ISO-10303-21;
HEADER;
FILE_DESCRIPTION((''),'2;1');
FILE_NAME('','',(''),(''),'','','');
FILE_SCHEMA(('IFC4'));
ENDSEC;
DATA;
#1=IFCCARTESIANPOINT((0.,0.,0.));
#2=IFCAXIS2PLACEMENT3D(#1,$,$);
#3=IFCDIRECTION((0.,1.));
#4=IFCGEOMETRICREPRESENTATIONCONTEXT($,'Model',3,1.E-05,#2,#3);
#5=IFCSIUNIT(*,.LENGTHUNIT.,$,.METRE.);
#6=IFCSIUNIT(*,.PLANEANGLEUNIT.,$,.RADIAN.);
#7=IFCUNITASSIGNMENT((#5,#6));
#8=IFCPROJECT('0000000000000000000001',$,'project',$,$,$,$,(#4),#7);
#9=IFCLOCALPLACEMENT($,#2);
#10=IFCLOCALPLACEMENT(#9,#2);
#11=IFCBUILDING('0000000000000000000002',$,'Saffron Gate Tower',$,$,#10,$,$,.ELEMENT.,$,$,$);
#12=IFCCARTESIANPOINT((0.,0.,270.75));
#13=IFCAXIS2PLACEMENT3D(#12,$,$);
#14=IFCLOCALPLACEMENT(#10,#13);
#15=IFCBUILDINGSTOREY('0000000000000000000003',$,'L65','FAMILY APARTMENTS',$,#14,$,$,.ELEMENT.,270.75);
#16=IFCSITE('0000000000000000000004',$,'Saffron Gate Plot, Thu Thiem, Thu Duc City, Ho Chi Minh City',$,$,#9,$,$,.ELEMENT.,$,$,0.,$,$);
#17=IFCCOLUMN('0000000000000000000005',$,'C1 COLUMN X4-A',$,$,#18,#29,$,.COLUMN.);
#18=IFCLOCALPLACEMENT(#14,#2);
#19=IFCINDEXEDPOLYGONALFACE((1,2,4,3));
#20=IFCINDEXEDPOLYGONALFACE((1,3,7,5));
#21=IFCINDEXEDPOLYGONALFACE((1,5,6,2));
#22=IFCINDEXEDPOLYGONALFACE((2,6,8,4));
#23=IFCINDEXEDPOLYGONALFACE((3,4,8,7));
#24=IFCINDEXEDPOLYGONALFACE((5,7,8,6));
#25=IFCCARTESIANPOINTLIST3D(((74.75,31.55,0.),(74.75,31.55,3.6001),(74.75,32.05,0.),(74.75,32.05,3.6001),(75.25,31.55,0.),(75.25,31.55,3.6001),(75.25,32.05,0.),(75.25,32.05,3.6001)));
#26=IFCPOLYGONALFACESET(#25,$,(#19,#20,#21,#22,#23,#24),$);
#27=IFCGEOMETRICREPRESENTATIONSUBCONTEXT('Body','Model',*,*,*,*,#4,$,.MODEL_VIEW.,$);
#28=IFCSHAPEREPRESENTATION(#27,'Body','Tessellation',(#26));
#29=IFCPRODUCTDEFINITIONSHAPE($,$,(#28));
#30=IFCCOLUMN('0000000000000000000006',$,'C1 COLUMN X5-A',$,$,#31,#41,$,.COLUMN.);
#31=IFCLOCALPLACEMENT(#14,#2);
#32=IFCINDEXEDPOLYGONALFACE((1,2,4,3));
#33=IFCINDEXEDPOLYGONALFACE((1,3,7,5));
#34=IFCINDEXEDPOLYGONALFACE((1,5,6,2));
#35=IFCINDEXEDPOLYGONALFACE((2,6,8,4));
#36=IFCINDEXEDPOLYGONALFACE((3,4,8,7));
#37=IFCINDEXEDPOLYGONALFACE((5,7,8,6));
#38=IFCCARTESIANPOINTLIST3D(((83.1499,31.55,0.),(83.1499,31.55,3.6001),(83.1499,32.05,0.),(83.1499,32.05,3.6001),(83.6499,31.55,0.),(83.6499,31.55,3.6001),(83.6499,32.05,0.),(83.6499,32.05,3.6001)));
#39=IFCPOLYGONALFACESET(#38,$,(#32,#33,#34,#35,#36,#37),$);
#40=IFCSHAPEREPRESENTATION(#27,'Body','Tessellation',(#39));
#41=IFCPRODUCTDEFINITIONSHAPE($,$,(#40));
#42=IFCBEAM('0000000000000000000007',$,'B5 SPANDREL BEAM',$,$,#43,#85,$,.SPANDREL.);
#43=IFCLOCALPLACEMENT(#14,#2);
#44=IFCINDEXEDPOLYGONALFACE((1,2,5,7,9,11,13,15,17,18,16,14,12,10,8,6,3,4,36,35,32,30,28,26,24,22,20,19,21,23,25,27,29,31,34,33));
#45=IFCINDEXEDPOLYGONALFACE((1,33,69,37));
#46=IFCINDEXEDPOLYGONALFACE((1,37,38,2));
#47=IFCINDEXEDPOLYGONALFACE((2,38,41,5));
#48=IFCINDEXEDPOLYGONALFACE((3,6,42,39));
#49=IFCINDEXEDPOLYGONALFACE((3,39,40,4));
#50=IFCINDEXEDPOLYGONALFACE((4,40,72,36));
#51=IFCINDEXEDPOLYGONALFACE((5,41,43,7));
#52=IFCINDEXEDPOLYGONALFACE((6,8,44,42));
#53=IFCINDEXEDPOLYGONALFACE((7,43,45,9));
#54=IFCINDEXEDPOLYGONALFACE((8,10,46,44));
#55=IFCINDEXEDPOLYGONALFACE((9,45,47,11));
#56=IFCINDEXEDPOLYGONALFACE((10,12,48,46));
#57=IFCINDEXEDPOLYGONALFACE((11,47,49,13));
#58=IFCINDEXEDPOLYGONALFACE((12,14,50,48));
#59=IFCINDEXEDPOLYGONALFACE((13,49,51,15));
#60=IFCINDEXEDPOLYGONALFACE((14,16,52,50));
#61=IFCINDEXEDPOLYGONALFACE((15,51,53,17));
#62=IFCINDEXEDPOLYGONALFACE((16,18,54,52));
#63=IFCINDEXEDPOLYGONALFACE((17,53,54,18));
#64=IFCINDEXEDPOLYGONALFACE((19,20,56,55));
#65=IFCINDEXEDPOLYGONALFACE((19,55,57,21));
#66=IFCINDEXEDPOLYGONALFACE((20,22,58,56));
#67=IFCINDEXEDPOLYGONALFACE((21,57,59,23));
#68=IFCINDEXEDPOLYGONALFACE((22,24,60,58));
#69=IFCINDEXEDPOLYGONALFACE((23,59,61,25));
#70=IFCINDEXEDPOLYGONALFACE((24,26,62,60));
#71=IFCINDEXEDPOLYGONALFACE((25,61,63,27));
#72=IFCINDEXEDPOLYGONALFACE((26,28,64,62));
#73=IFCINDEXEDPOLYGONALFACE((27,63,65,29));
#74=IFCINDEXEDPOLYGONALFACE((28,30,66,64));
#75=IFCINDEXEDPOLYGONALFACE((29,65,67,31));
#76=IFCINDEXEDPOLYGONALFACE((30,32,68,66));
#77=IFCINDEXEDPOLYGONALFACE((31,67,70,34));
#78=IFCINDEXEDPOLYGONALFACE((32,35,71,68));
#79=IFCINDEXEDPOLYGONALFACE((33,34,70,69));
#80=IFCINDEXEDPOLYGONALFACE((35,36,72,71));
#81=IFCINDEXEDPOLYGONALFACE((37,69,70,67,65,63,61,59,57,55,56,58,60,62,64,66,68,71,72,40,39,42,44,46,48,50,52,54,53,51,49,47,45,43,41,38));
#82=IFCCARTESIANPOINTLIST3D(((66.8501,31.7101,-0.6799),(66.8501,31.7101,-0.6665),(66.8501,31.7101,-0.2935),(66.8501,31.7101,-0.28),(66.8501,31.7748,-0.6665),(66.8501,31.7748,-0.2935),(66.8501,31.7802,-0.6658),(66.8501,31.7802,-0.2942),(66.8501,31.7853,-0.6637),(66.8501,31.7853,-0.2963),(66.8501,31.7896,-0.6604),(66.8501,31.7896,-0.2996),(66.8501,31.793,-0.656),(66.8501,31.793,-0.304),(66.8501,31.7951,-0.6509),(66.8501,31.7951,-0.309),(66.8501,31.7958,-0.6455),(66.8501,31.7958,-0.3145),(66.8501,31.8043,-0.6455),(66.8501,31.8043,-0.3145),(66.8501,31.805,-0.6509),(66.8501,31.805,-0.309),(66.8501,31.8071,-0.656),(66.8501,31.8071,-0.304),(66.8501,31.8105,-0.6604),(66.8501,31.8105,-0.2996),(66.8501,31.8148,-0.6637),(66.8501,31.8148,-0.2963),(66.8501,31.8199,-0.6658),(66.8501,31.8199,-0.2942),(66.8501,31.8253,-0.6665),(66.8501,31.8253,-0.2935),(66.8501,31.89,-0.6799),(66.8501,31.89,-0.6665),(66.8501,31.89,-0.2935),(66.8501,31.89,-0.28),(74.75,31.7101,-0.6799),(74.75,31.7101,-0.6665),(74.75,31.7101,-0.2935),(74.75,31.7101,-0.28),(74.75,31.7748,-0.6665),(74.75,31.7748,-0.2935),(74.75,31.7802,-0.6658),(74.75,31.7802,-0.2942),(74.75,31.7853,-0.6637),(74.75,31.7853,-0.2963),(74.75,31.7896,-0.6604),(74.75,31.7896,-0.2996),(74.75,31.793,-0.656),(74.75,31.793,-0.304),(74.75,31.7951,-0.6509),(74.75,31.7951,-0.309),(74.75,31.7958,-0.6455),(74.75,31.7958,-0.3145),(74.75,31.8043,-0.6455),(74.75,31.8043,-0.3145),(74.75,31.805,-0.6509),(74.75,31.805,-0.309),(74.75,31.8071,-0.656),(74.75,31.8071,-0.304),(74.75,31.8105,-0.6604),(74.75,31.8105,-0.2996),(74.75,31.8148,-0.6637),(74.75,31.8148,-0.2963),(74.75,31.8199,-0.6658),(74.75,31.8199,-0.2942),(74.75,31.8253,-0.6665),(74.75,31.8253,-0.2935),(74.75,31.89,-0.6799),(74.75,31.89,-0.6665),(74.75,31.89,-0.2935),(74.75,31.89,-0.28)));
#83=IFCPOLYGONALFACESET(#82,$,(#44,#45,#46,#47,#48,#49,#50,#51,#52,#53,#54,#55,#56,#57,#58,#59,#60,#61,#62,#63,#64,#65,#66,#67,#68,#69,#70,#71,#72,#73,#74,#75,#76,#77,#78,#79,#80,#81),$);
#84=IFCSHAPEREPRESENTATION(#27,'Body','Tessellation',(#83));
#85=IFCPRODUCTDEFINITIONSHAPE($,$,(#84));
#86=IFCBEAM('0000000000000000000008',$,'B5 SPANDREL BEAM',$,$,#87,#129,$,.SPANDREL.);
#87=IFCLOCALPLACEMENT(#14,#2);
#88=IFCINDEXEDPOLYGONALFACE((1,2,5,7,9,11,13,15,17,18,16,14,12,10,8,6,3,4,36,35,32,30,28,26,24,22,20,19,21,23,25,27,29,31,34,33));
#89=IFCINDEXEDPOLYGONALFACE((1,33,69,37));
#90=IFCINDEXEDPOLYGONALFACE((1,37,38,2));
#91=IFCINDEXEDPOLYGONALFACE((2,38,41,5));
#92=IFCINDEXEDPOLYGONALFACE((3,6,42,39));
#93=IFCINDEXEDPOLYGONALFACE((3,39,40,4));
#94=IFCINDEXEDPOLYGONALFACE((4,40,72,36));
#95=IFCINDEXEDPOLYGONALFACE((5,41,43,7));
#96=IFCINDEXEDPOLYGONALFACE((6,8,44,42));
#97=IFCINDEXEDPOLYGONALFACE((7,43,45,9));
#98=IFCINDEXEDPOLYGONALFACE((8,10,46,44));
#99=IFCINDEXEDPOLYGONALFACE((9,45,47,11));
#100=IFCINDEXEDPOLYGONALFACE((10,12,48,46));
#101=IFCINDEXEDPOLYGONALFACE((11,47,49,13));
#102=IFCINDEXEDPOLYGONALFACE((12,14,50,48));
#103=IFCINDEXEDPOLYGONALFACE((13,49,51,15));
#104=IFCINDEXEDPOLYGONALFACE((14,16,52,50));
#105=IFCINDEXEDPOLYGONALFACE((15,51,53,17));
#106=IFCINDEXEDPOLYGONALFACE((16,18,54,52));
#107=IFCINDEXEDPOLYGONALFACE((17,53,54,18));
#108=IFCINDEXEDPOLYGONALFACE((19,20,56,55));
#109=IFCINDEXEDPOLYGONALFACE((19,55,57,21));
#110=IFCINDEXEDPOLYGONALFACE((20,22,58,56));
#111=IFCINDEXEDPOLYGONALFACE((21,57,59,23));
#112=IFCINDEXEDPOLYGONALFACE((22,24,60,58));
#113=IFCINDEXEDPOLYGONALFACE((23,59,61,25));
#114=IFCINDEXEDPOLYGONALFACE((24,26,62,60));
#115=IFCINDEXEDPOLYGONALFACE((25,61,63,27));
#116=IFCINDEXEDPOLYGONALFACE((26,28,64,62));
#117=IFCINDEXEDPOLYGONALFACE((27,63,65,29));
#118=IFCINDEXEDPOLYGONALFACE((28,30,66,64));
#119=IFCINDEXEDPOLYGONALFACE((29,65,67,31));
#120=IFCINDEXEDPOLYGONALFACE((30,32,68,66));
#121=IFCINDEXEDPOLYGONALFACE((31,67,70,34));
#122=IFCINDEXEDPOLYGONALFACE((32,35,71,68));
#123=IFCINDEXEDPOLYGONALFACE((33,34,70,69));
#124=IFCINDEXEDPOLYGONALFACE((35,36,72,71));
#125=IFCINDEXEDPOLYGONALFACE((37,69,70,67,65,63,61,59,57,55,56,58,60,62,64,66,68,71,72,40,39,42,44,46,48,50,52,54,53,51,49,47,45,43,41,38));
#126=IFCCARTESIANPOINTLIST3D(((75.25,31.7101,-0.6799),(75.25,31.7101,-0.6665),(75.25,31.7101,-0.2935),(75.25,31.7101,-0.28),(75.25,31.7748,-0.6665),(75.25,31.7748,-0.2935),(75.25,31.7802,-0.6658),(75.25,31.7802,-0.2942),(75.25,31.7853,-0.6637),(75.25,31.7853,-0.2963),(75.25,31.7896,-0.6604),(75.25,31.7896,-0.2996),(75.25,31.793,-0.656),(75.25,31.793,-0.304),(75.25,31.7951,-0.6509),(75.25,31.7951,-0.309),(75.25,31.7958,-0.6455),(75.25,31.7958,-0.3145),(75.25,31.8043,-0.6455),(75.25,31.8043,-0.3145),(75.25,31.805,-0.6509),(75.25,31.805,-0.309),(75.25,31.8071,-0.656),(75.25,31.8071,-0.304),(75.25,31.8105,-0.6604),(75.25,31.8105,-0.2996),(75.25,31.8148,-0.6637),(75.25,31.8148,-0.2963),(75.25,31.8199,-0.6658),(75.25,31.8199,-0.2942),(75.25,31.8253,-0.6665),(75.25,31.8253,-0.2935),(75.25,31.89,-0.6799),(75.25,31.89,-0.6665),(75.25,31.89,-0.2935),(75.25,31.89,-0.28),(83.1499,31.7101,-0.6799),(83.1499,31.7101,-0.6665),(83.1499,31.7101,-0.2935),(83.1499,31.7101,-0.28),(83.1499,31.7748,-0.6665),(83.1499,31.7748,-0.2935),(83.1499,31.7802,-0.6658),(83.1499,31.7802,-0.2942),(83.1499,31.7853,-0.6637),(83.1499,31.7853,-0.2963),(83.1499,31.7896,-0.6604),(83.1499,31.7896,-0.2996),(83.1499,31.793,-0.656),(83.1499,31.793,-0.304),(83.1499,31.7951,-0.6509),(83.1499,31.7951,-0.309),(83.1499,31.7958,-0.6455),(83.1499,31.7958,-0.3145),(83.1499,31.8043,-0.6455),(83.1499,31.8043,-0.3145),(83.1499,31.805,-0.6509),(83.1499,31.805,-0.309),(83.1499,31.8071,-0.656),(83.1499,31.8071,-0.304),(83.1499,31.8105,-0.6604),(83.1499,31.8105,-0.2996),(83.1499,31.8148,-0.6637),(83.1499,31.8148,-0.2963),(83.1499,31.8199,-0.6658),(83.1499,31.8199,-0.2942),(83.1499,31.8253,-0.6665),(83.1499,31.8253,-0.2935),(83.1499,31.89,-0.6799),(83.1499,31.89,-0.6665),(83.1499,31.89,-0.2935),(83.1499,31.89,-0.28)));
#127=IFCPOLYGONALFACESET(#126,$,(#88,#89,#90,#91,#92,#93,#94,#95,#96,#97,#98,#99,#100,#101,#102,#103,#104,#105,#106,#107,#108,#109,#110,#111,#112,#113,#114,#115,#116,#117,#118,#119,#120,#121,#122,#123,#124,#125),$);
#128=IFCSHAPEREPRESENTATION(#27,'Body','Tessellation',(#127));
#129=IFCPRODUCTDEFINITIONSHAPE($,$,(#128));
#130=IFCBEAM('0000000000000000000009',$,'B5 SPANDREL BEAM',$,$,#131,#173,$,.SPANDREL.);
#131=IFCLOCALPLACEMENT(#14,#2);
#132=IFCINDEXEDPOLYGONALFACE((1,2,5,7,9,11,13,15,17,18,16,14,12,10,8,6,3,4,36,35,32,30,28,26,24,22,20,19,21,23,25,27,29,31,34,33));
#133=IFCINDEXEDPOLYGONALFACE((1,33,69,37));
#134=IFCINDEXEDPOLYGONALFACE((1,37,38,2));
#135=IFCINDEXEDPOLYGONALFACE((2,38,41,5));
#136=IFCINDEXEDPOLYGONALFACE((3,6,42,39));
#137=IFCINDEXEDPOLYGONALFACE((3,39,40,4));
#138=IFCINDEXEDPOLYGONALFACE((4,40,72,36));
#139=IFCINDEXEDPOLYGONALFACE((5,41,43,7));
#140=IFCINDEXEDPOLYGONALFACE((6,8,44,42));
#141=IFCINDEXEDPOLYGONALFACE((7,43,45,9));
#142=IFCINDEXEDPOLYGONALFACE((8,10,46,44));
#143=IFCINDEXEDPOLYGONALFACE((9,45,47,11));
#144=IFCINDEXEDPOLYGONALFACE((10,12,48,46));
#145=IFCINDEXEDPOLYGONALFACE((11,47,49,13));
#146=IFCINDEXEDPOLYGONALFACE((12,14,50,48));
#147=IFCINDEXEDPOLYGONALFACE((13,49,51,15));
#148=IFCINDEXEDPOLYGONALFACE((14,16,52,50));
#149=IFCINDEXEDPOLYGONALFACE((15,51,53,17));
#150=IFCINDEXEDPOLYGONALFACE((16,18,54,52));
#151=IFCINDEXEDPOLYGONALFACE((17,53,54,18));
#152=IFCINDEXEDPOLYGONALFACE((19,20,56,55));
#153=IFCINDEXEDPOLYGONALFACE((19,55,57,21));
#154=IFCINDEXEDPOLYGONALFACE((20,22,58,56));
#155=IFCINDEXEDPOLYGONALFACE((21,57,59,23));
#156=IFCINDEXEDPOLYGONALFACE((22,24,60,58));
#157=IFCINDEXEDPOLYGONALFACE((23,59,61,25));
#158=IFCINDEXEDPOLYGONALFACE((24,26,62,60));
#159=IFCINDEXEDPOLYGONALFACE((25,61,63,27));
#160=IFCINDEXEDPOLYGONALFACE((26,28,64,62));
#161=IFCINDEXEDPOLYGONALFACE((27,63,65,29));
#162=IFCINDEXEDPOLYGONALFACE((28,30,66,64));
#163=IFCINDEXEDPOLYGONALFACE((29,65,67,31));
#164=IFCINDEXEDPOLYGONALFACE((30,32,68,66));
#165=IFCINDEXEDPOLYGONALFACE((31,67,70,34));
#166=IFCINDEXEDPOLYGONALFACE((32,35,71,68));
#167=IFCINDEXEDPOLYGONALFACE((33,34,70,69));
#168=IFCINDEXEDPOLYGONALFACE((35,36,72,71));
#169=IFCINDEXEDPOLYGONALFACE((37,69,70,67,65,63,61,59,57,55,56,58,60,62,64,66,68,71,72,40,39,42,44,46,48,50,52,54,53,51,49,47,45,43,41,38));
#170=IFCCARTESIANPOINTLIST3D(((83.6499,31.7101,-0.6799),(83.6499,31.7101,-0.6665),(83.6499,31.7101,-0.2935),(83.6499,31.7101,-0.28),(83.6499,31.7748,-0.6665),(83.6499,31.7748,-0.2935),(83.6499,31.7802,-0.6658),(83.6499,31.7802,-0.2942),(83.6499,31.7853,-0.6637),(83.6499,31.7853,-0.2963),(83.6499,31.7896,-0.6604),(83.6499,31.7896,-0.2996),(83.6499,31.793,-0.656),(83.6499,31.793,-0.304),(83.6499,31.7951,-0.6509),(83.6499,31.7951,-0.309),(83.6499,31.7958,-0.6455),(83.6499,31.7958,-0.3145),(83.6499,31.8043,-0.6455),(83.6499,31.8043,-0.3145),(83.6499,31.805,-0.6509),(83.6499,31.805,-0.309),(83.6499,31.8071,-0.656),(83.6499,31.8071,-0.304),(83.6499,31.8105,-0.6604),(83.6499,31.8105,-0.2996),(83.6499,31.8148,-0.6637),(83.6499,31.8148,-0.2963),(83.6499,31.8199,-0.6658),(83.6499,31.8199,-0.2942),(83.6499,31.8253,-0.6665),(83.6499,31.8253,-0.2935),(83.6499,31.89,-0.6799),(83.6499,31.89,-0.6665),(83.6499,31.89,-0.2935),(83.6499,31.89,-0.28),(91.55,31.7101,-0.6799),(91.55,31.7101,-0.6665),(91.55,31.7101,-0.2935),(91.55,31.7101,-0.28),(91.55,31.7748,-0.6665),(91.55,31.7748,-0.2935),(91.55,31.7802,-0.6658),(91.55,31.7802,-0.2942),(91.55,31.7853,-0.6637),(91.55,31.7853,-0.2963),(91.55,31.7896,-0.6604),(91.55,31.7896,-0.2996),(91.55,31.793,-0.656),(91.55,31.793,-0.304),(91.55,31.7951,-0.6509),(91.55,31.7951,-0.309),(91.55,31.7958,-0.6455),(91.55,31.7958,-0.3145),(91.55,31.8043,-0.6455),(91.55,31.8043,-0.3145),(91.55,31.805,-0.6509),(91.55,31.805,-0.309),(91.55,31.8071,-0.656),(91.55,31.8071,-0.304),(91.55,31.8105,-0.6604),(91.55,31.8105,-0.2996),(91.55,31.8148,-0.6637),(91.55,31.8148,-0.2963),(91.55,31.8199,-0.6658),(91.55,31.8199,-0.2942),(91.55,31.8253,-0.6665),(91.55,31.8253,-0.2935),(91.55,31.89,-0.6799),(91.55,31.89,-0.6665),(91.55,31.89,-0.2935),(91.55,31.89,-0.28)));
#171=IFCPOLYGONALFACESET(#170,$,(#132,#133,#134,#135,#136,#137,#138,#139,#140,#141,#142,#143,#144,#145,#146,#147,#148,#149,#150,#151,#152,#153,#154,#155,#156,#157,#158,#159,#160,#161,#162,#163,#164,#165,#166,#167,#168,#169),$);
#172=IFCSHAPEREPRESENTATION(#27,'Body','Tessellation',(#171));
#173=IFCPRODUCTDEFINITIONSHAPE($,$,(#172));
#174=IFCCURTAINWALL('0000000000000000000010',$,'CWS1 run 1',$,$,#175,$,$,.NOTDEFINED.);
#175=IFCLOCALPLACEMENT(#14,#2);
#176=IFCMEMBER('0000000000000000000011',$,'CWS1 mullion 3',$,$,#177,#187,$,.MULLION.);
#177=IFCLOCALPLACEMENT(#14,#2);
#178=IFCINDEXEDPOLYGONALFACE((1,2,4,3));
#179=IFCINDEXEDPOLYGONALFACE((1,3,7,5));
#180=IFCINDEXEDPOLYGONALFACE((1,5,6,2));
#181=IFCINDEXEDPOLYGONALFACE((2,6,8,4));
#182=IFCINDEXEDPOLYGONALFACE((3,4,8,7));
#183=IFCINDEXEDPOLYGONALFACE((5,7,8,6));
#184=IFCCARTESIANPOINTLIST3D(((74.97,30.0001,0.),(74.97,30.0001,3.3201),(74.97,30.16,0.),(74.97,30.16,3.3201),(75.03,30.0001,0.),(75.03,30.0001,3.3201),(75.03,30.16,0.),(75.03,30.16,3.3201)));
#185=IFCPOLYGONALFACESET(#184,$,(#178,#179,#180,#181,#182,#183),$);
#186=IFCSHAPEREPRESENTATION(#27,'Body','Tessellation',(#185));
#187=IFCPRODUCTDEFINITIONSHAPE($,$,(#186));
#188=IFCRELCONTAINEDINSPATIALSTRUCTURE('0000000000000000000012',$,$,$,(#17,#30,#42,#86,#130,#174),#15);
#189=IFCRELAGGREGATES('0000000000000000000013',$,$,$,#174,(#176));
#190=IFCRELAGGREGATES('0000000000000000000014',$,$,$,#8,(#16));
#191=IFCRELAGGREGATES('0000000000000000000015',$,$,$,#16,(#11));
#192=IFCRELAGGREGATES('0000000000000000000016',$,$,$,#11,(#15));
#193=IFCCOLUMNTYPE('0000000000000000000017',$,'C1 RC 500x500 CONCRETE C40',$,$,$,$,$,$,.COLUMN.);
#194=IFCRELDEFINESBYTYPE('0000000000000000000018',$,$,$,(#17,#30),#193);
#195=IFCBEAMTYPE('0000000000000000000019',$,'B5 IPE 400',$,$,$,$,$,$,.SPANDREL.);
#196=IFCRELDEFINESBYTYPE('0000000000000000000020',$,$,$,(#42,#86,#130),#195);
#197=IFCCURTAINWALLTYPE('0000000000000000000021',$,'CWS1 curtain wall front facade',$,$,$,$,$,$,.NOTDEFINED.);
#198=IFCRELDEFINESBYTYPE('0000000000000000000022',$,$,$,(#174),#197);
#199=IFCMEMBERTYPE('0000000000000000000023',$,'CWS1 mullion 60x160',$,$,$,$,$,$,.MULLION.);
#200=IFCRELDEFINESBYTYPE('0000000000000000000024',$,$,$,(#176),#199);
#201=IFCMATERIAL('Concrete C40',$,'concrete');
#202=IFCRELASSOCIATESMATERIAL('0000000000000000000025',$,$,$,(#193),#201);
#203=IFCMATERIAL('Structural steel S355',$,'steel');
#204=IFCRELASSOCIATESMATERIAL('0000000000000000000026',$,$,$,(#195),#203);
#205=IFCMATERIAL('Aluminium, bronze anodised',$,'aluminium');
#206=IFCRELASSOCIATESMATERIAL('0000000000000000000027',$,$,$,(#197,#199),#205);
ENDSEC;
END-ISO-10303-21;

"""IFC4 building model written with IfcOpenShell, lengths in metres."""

from ifc_helpers import new_model, si_unit, direction, frame, origin, origin_2d, place, context, subcontext, project, spatial, rectangle, i_section, extrude, material, material_profile, profile_set, type_object, element, aggregate, save


model = new_model("IFC4")

# Units and contexts
model_context = context("Model", 3, precision=1e-05, world=origin(), true_north=direction((0.0, 1.0)))
body_context = subcontext(model_context, "Body", "Model", "MODEL_VIEW")
ifc_project = project(units=[si_unit("LENGTHUNIT", "METRE"), si_unit("PLANEANGLEUNIT", "RADIAN")], contexts=[model_context])

# Site, building, storey
site_placement = place(None, origin())
site = spatial("IfcSite", under=ifc_project, at=site_placement, Name="Saffron Gate Plot, Thu Thiem, Thu Duc City, Ho Chi Minh City", CompositionType="ELEMENT", RefElevation=0.0)
building_placement = place(site_placement, origin())
building = spatial("IfcBuilding", under=site, at=building_placement, Name="Saffron Gate Tower", CompositionType="ELEMENT")
storey_placement = place(building_placement, frame((0.0, 0.0, 270.75)))
storey = spatial("IfcBuildingStorey", under=building, at=storey_placement, Name="L65", Description="FAMILY APARTMENTS", CompositionType="ELEMENT", Elevation=270.75)

# Columns
ifc_material_1 = material(Name="Concrete C40", Category="concrete")
ifc_material_profile_1 = material_profile(ifc_material_1, rectangle(XDim=0.5, YDim=0.5, at=origin_2d()))
ifc_profile_set_1 = profile_set([ifc_material_profile_1], Name="Concrete C40")
column_type = type_object("IfcColumnType", Name="C1 RC 500x500 CONCRETE C40", PredefinedType="COLUMN", material=ifc_profile_set_1)
for number, where, z_axis, x_axis, name in (
    (1, (75.0, 31.8, 0.0), (0.0, 0.0, 1.0), (1.0, 0.0, 0.0), "C1 COLUMN X4-A"),
    (2, (83.3999, 31.8, 0.0), (0.0, 0.0, 1.0), (1.0, 0.0, 0.0), "C1 COLUMN X5-A"),
):
    element("IfcColumn", number, at=place(storey_placement, frame(where, z_axis=z_axis, x_axis=x_axis)), inside=storey, type_object=column_type, Name=name, PredefinedType="COLUMN", context=body_context, shape_type="SweptSolid", body=[
        extrude(rectangle(XDim=0.5, YDim=0.5, at=origin_2d()), origin(), (0.0, 0.0, 1.0), 3.6001),
    ])

# Beams
ifc_material_2 = material(Name="Structural steel S355", Category="steel")
ifc_material_profile_2 = material_profile(ifc_material_2, i_section(OverallWidth=0.1799, OverallDepth=0.3999, WebThickness=0.0085, FlangeThickness=0.0134, FilletRadius=0.021, at=origin_2d()))
ifc_profile_set_2 = profile_set([ifc_material_profile_2], Name="Structural steel S355")
beam_type = type_object("IfcBeamType", Name="B5 IPE 400", PredefinedType="SPANDREL", material=ifc_profile_set_2)
for number, where, z_axis, x_axis, name in (
    (3, (66.8501, 31.8, -0.48), (1.0, 0.0, 0.0), (0.0, 1.0, 0.0), "B5 SPANDREL BEAM"),
    (4, (75.25, 31.8, -0.48), (1.0, 0.0, 0.0), (0.0, 1.0, 0.0), "B5 SPANDREL BEAM"),
):
    element("IfcBeam", number, at=place(storey_placement, frame(where, z_axis=z_axis, x_axis=x_axis)), inside=storey, type_object=beam_type, Name=name, PredefinedType="SPANDREL", context=body_context, shape_type="SweptSolid", body=[
        extrude(i_section(OverallWidth=0.1799, OverallDepth=0.3999, WebThickness=0.0085, FlangeThickness=0.0134, FilletRadius=0.021, at=origin_2d()), origin(), (0.0, 0.0, 1.0), 7.8999),
    ])
beam_placement = place(storey_placement, frame((83.6499, 31.8, -0.48), z_axis=(1.0, 0.0, 0.0), x_axis=(0.0, 1.0, 0.0)))
element("IfcBeam", 5, at=beam_placement, inside=storey, type_object=beam_type, Name="B5 SPANDREL BEAM", PredefinedType="SPANDREL", context=body_context, shape_type="SweptSolid", body=[
    extrude(i_section(OverallWidth=0.1799, OverallDepth=0.3999, WebThickness=0.0085, FlangeThickness=0.0134, FilletRadius=0.021, at=origin_2d()), origin(), (0.0, 0.0, 1.0), 7.9001),
])

# Curtain wall, member
ifc_material_3 = material(Name="Aluminium, bronze anodised", Category="aluminium")
curtain_wall_type = type_object("IfcCurtainWallType", Name="CWS1 curtain wall front facade", PredefinedType="NOTDEFINED", material=ifc_material_3)
curtain_wall_placement = place(storey_placement, origin())
curtain_wall = element("IfcCurtainWall", 6, at=curtain_wall_placement, inside=storey, type_object=curtain_wall_type, Name="CWS1 run 1", PredefinedType="NOTDEFINED")
ifc_material_profile_3 = material_profile(ifc_material_3, rectangle(XDim=0.1599, YDim=0.0601, at=origin_2d()))
ifc_profile_set_3 = profile_set([ifc_material_profile_3], Name="Aluminium, bronze anodised")
member_type = type_object("IfcMemberType", Name="CWS1 mullion 60x160", PredefinedType="MULLION", material=ifc_profile_set_3)
member_placement = place(storey_placement, frame((75.0, 30.0801, 0.0), z_axis=(0.0, 0.0, 1.0), x_axis=(0.0, 1.0, 0.0)))
member = element("IfcMember", 7, at=member_placement, type_object=member_type, Name="CWS1 mullion 3", PredefinedType="MULLION", context=body_context, shape_type="SweptSolid", body=[
    extrude(rectangle(XDim=0.1599, YDim=0.0601, at=origin_2d()), origin(), (0.0, 0.0, 1.0), 3.3201),
])
aggregate(curtain_wall, [member])

save(model, "model.ifc")
